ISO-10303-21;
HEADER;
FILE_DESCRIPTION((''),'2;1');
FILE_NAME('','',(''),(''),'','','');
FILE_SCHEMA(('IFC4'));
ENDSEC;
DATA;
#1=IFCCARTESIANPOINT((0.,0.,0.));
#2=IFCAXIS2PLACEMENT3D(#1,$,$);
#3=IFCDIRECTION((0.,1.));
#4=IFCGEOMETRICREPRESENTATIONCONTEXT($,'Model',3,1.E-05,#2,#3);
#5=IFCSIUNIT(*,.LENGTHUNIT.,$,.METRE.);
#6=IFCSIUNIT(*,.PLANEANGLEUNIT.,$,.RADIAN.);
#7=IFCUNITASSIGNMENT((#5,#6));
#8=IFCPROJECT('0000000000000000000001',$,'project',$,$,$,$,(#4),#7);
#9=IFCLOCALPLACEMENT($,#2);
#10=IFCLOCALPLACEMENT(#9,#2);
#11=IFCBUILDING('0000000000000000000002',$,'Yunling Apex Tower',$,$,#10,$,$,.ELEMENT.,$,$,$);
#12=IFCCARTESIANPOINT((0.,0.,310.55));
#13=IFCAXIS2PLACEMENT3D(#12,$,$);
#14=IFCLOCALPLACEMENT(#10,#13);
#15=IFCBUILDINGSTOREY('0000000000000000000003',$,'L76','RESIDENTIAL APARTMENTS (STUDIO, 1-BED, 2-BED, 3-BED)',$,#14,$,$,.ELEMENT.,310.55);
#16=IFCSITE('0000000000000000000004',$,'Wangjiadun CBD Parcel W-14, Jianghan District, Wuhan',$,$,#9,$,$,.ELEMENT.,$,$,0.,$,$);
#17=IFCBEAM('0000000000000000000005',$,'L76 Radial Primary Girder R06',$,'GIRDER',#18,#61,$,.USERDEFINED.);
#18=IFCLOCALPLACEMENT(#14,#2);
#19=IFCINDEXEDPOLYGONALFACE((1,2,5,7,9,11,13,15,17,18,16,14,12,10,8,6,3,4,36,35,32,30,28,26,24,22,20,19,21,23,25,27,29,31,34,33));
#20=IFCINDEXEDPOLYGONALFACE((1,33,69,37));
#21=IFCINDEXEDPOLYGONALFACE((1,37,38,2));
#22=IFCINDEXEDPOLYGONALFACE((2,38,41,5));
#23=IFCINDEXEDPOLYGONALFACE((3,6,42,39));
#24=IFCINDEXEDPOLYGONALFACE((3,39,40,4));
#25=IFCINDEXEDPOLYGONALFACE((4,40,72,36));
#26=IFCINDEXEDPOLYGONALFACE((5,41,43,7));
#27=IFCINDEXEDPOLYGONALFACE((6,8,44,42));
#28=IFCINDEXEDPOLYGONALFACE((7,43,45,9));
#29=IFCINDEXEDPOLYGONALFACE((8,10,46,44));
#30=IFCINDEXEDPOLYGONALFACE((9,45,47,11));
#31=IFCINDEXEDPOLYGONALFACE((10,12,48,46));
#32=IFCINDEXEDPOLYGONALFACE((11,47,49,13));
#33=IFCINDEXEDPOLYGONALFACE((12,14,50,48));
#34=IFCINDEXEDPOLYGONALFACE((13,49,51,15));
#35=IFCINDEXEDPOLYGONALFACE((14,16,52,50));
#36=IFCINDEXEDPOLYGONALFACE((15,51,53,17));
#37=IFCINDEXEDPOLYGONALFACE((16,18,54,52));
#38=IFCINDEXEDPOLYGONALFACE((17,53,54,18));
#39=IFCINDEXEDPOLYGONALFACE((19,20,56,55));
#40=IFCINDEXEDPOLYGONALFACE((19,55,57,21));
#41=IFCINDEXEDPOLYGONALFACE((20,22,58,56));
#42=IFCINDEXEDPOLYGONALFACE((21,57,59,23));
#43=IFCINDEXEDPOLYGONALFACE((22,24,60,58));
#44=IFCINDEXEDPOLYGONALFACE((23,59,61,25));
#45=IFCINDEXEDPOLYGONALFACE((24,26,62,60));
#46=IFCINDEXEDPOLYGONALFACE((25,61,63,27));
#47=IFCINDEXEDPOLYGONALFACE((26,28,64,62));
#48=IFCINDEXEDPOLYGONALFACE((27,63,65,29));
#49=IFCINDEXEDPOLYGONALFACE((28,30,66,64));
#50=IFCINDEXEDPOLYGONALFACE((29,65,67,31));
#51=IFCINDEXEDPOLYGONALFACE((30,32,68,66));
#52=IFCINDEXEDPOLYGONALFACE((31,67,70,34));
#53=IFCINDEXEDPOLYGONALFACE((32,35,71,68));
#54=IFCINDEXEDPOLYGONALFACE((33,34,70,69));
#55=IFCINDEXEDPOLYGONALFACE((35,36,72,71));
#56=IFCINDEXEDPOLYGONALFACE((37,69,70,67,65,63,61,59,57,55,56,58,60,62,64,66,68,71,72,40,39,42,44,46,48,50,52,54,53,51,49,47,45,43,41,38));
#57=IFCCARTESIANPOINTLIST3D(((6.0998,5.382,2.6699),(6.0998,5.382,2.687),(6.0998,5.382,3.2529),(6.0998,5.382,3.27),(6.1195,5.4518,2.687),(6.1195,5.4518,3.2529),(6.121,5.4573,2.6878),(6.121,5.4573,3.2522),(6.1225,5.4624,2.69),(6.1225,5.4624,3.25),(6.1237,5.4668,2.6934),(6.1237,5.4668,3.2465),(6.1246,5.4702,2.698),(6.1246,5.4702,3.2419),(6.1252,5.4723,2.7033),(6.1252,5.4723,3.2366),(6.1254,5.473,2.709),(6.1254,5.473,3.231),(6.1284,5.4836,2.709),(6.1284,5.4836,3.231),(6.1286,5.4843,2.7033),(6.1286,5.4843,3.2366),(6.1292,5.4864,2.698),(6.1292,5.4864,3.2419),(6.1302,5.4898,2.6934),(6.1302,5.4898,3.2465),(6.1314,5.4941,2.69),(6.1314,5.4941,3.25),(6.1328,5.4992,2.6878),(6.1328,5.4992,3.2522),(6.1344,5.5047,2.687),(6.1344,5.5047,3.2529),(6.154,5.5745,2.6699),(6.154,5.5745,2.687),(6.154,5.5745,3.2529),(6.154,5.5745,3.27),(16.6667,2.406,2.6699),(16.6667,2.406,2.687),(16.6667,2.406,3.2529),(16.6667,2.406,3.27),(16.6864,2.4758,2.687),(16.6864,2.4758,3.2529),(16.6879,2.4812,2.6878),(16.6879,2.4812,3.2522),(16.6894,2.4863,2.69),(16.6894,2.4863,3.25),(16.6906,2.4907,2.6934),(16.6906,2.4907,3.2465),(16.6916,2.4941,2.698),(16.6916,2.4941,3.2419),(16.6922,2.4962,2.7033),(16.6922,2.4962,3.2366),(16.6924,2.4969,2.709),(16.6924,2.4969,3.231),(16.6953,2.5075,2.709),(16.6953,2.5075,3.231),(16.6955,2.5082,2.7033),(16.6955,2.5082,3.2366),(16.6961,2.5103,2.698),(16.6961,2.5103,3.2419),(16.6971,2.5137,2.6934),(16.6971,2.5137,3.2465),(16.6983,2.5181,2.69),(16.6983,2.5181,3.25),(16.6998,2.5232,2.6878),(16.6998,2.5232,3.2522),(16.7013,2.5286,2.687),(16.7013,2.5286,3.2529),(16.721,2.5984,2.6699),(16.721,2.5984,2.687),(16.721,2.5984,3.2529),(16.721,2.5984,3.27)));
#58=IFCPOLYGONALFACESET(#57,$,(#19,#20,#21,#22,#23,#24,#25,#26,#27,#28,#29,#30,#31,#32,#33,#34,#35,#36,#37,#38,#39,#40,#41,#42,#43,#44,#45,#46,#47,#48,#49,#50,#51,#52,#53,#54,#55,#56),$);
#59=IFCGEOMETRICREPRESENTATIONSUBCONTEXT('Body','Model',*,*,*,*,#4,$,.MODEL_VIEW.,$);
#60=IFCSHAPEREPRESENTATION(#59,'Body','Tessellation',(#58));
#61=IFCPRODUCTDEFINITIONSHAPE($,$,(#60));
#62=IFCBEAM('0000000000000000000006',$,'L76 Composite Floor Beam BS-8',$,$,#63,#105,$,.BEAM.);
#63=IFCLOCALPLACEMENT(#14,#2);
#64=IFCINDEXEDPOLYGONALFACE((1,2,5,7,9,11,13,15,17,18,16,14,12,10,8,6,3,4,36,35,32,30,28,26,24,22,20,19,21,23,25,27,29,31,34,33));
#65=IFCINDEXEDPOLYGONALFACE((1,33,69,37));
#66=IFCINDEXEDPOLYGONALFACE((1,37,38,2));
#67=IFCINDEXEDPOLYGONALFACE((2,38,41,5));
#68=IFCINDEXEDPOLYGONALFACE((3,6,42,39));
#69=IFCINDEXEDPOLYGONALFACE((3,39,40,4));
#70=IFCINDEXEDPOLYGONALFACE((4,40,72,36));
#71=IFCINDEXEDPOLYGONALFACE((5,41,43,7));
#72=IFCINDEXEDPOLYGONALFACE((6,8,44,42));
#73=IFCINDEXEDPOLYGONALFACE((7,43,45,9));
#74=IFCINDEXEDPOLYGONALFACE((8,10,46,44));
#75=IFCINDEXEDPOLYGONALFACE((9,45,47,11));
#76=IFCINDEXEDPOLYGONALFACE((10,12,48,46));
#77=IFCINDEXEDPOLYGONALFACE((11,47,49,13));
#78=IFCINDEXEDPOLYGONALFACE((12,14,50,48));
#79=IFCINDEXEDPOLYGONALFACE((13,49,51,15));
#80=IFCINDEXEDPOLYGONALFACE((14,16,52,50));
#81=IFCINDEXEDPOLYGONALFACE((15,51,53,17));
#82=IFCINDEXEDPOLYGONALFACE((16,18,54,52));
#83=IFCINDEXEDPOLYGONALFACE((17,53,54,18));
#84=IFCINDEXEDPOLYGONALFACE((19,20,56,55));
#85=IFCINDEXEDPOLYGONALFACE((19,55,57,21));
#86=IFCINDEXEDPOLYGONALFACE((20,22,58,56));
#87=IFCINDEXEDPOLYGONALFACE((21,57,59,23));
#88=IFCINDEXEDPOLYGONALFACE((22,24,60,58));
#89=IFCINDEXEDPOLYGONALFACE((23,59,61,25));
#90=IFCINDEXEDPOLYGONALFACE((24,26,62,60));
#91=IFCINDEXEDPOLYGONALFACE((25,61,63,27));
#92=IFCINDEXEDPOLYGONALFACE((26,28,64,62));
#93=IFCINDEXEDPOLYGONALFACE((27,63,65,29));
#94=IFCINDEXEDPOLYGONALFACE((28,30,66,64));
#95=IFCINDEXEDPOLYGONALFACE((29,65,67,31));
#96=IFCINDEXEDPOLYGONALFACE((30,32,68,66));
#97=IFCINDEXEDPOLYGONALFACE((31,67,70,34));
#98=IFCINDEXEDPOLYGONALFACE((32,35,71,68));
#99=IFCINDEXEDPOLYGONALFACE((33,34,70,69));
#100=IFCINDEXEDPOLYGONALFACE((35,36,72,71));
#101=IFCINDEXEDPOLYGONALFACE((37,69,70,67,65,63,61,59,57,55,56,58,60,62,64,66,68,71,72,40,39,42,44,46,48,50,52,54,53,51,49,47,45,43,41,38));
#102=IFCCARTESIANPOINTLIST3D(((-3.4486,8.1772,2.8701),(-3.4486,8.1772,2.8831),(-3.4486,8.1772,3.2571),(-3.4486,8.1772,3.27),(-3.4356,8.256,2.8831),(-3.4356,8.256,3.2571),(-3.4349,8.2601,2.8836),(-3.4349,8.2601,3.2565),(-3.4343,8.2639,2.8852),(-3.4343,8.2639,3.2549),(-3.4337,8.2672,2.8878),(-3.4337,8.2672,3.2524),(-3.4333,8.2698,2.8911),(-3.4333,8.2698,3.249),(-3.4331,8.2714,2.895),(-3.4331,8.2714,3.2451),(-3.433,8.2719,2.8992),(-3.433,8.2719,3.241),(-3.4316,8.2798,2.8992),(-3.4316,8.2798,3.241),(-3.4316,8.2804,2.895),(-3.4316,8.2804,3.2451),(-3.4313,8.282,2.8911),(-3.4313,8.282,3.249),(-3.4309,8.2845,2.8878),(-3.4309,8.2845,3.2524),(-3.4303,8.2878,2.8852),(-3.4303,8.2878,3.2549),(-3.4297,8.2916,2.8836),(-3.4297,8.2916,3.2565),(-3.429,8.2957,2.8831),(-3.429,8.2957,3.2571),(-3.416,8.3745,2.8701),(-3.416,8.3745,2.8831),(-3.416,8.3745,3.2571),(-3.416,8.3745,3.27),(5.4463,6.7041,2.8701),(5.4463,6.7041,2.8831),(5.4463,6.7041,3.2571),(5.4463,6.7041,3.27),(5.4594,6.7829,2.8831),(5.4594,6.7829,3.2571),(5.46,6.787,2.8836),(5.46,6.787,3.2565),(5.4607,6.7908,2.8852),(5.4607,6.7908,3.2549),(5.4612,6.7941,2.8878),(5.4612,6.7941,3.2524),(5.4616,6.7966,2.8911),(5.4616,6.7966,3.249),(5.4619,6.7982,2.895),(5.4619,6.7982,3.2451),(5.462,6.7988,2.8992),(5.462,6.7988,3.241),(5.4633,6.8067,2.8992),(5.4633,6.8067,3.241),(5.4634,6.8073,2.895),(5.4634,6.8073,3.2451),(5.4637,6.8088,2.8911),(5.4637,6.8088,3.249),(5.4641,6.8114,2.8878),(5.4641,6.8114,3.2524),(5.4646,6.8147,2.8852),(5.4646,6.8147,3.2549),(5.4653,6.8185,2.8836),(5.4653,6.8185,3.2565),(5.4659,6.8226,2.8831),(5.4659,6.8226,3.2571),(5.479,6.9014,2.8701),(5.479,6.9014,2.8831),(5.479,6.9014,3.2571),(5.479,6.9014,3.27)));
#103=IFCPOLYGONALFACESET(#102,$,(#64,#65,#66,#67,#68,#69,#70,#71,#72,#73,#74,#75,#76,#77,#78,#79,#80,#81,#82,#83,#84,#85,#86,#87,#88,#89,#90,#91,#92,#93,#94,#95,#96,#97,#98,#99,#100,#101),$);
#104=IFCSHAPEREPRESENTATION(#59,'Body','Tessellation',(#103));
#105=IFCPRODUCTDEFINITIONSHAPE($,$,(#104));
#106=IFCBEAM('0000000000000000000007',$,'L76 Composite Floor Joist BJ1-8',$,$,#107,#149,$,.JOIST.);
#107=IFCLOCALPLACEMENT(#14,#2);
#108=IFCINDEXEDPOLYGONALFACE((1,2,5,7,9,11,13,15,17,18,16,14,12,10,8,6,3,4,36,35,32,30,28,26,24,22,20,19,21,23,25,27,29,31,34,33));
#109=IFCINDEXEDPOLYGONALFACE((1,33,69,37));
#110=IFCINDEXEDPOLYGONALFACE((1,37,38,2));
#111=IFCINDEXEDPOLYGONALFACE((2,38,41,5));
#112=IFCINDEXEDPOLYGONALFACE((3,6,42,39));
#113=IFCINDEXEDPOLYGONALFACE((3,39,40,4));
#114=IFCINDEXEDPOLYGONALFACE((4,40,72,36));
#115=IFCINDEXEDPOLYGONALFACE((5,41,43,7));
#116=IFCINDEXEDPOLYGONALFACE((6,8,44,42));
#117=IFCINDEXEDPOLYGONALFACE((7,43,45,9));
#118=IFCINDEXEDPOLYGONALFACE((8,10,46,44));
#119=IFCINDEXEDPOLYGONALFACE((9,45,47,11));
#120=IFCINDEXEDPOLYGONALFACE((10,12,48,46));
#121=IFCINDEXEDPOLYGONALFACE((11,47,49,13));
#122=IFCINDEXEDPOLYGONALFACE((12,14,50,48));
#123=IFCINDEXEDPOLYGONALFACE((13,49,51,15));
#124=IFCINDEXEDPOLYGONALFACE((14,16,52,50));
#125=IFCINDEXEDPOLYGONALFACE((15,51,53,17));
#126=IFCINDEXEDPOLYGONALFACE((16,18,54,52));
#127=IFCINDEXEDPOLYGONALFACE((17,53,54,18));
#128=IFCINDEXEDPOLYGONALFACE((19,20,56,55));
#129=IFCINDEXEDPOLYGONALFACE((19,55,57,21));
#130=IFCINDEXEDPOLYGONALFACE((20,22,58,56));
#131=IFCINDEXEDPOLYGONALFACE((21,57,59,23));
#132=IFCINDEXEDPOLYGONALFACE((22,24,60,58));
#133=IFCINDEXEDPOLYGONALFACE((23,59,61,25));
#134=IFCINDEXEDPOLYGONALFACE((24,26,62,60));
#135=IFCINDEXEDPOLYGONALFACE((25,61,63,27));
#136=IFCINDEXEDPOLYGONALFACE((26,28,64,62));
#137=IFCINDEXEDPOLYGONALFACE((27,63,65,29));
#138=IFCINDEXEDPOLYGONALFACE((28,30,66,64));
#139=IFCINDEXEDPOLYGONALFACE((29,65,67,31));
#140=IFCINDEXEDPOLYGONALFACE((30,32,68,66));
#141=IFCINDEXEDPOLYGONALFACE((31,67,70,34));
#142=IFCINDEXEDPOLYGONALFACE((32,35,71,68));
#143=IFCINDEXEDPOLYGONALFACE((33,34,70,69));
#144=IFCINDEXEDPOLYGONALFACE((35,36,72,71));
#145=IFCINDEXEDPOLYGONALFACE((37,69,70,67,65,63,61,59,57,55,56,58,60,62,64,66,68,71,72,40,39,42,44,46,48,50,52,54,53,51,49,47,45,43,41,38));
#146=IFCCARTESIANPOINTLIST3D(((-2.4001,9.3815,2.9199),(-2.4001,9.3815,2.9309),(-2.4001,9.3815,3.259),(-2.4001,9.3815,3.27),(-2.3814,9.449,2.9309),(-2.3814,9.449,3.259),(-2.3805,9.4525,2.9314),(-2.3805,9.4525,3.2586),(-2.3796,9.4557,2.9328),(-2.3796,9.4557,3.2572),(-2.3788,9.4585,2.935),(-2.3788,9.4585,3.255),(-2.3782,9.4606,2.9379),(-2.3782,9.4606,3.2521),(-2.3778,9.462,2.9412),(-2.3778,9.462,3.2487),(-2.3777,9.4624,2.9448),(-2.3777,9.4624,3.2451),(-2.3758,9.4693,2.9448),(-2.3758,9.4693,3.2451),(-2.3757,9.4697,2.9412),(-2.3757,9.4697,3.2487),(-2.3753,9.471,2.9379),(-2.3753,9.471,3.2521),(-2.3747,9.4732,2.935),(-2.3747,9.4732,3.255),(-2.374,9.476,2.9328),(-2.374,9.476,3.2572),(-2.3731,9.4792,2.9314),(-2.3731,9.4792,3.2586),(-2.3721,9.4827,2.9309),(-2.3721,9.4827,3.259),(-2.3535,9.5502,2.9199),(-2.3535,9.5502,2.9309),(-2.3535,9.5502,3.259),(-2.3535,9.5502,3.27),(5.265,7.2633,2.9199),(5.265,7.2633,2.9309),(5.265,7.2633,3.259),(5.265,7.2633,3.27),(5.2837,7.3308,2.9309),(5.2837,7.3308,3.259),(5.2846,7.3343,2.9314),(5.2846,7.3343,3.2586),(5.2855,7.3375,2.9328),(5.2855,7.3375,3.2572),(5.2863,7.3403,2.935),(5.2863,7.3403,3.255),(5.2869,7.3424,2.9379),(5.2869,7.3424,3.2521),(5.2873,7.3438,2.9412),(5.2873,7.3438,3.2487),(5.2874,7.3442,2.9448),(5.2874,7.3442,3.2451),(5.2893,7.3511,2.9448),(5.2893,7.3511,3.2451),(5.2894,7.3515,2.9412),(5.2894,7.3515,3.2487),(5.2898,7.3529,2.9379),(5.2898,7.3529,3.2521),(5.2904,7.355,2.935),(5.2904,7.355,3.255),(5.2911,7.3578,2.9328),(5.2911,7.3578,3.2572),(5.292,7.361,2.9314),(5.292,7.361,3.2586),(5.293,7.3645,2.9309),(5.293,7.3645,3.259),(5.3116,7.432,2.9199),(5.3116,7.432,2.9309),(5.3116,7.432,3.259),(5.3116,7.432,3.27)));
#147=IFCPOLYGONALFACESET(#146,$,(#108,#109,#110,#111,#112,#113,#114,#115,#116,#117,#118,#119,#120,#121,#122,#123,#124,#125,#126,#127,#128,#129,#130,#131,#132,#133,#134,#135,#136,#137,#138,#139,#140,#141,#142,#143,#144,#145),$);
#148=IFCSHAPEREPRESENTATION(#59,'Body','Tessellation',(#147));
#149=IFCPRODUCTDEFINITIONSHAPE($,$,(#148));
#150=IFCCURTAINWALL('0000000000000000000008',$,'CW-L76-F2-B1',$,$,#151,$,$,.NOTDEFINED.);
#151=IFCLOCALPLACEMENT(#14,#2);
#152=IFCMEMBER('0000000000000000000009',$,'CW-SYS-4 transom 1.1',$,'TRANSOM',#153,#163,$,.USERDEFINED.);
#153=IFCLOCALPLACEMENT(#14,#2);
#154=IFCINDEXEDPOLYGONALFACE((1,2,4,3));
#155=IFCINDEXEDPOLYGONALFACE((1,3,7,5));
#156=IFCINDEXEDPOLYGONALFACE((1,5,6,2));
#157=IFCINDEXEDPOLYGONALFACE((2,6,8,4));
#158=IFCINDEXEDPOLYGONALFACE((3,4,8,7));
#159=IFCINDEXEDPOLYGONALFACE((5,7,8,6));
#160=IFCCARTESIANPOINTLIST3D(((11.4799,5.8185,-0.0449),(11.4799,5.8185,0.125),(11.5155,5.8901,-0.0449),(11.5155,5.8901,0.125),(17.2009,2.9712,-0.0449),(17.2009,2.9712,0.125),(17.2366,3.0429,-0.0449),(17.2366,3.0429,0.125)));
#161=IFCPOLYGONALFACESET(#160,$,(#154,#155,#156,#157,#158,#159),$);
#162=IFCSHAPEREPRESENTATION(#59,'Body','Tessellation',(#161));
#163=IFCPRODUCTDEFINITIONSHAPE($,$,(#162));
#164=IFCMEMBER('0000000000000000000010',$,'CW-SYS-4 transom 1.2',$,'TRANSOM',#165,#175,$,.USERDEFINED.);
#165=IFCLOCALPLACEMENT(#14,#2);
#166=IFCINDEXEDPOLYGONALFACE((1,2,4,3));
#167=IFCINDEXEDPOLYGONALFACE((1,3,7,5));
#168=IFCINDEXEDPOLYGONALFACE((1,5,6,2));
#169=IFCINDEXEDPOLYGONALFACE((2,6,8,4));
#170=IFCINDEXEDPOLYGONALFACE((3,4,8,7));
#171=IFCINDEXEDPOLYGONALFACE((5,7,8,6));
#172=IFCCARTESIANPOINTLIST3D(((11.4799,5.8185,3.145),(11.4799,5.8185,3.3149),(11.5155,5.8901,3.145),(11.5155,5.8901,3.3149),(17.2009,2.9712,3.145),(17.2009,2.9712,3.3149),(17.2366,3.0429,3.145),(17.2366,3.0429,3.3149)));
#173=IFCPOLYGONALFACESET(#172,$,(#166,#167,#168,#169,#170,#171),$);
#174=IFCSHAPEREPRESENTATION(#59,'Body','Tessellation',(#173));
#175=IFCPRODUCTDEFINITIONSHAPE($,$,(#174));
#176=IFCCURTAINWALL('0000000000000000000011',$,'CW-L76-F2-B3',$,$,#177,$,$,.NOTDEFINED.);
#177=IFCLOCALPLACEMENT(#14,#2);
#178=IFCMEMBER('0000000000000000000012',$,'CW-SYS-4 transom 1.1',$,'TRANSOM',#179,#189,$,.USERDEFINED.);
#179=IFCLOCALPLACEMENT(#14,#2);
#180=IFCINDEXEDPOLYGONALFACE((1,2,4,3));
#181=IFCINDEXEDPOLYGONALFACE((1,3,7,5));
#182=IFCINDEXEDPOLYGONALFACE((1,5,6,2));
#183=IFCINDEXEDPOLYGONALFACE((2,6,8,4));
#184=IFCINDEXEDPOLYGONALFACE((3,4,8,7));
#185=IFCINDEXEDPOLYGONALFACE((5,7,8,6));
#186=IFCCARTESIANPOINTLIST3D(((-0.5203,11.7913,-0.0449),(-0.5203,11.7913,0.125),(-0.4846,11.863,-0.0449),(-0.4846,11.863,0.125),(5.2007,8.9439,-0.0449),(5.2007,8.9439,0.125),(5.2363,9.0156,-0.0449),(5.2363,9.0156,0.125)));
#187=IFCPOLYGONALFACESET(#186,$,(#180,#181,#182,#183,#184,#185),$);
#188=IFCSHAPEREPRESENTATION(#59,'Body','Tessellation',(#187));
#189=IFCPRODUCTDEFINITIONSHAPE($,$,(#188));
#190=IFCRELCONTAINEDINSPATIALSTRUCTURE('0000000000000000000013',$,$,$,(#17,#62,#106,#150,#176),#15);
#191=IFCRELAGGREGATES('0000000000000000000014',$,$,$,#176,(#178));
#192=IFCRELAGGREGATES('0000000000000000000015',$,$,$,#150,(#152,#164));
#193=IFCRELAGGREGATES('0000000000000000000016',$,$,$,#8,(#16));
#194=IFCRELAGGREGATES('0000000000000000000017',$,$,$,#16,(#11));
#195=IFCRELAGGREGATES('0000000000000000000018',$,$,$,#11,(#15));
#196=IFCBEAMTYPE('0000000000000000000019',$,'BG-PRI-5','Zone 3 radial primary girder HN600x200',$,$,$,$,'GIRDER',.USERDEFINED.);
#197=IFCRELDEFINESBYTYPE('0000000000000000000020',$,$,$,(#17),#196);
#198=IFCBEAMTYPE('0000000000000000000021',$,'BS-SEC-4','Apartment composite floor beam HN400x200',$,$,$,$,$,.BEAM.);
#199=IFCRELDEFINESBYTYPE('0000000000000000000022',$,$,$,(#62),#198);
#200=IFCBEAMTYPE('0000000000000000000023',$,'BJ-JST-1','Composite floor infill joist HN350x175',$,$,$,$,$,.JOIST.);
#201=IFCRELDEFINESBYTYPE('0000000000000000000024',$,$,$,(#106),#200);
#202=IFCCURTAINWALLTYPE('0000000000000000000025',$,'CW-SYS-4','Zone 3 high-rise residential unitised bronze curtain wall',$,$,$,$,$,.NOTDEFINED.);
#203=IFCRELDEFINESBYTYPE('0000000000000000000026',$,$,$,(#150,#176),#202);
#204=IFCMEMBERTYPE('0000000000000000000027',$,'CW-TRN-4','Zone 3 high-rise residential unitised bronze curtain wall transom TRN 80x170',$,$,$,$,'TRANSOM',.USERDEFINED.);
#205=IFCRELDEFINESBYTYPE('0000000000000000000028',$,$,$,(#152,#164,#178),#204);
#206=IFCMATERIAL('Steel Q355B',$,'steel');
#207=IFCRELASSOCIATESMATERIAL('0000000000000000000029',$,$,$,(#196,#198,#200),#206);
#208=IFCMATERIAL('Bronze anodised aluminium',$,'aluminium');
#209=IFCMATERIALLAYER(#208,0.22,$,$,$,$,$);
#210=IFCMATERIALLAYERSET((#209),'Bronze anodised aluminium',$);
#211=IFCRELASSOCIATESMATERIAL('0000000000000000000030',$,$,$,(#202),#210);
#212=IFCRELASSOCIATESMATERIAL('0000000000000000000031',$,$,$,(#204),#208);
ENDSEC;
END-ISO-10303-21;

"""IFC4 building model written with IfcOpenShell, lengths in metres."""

from ifc_helpers import new_model, si_unit, direction, frame, origin, origin_2d, place, context, subcontext, project, spatial, rectangle, i_section, extrude, source, transform, mapped, material, layer, layer_set, material_profile, profile_set, type_object, element, aggregate, save


model = new_model("IFC4")

# Units and contexts
model_context = context("Model", 3, precision=1e-05, world=origin(), true_north=direction((0.0, 1.0)))
body_context = subcontext(model_context, "Body", "Model", "MODEL_VIEW")
ifc_project = project(units=[si_unit("LENGTHUNIT", "METRE"), si_unit("PLANEANGLEUNIT", "RADIAN")], contexts=[model_context])

# Site, building, storey
site_placement = place(None, origin())
site = spatial("IfcSite", under=ifc_project, at=site_placement, Name="Wangjiadun CBD Parcel W-14, Jianghan District, Wuhan", CompositionType="ELEMENT", RefElevation=0.0)
building_placement = place(site_placement, origin())
building = spatial("IfcBuilding", under=site, at=building_placement, Name="Yunling Apex Tower", CompositionType="ELEMENT")
storey_placement = place(building_placement, frame((0.0, 0.0, 310.55)))
storey = spatial("IfcBuildingStorey", under=building, at=storey_placement, Name="L76", Description="RESIDENTIAL APARTMENTS (STUDIO, 1-BED, 2-BED, 3-BED)", CompositionType="ELEMENT", Elevation=310.55)

# Shared definitions
ifc_material_1 = material(Name="Steel Q355B", Category="steel")

# Beams
ifc_material_profile_1 = material_profile(ifc_material_1, i_section(OverallWidth=0.2, OverallDepth=0.6001, WebThickness=0.011, FlangeThickness=0.0171, FilletRadius=0.022, at=origin_2d()))
ifc_profile_set_1 = profile_set([ifc_material_profile_1], Name="Steel Q355B")
beam_type_1 = type_object("IfcBeamType", Name="BG-PRI-5", Description="Zone 3 radial primary girder HN600x200", ElementType="GIRDER", PredefinedType="USERDEFINED", material=ifc_profile_set_1)
shared_shape_1 = source(origin(), body_context, "Body", "SweptSolid", [
    extrude(i_section(OverallWidth=0.2, OverallDepth=0.6001, WebThickness=0.011, FlangeThickness=0.0171, FilletRadius=0.022, at=origin_2d()), origin(), (0.0, 0.0, 1.0), 10.978),
])
beam_1_placement = place(storey_placement, frame((16.6938, 2.5022, 2.97), z_axis=(-0.962553, 0.271095, 0.0), x_axis=(-0.271095, -0.962553, 0.0)))
element("IfcBeam", 1, at=beam_1_placement, inside=storey, type_object=beam_type_1, Name="L76 Radial Primary Girder R06", ObjectType="GIRDER", PredefinedType="USERDEFINED", context=body_context, shape_type="MappedRepresentation", body=[
    mapped(shared_shape_1, transform((0.0, 0.0, 0.0), scale=1.0)),
])
ifc_material_profile_2 = material_profile(ifc_material_1, i_section(OverallWidth=0.2, OverallDepth=0.3999, WebThickness=0.0081, FlangeThickness=0.0129, FilletRadius=0.0161, at=origin_2d()))
ifc_profile_set_2 = profile_set([ifc_material_profile_2], Name="Steel Q355B")
beam_type_2 = type_object("IfcBeamType", Name="BS-SEC-4", Description="Apartment composite floor beam HN400x200", PredefinedType="BEAM", material=ifc_profile_set_2)
shared_shape_2 = source(origin(), body_context, "Body", "SweptSolid", [
    extrude(i_section(OverallWidth=0.2, OverallDepth=0.3999, WebThickness=0.0081, FlangeThickness=0.0129, FilletRadius=0.0161, at=origin_2d()), origin(), (0.0, 0.0, 1.0), 9.0161),
])
beam_2_placement = place(storey_placement, frame((5.4626, 6.8027, 3.0701), z_axis=(-0.986562, 0.163389, 0.0), x_axis=(-0.163389, -0.986562, 0.0)))
element("IfcBeam", 2, at=beam_2_placement, inside=storey, type_object=beam_type_2, Name="L76 Composite Floor Beam BS-8", PredefinedType="BEAM", context=body_context, shape_type="MappedRepresentation", body=[
    mapped(shared_shape_2, transform((0.0, 0.0, 0.0), scale=1.0)),
])
ifc_material_profile_3 = material_profile(ifc_material_1, i_section(OverallWidth=0.175, OverallDepth=0.3501, WebThickness=0.0071, FlangeThickness=0.011, FilletRadius=0.0139, at=origin_2d()))
ifc_profile_set_3 = profile_set([ifc_material_profile_3], Name="Steel Q355B")
beam_type_3 = type_object("IfcBeamType", Name="BJ-JST-1", Description="Composite floor infill joist HN350x175", PredefinedType="JOIST", material=ifc_profile_set_3)
shared_shape_3 = source(origin(), body_context, "Body", "SweptSolid", [
    extrude(i_section(OverallWidth=0.175, OverallDepth=0.3501, WebThickness=0.0071, FlangeThickness=0.011, FilletRadius=0.0139, at=origin_2d()), origin(), (0.0, 0.0, 1.0), 7.9524),
])
beam_3_placement = place(storey_placement, frame((5.2883, 7.3477, 3.095), z_axis=(-0.963874, 0.266358, 0.0), x_axis=(-0.266358, -0.963874, 0.0)))
element("IfcBeam", 3, at=beam_3_placement, inside=storey, type_object=beam_type_3, Name="L76 Composite Floor Joist BJ1-8", PredefinedType="JOIST", context=body_context, shape_type="MappedRepresentation", body=[
    mapped(shared_shape_3, transform((0.0, 0.0, 0.0), scale=1.0)),
])

# Curtain walls, members
ifc_material_2 = material(Name="Bronze anodised aluminium", Category="aluminium")
ifc_layer_1 = layer(ifc_material_2, 0.22)
ifc_layer_set_1 = layer_set([ifc_layer_1], Name="Bronze anodised aluminium")
curtain_wall_type = type_object("IfcCurtainWallType", Name="CW-SYS-4", Description="Zone 3 high-rise residential unitised bronze curtain wall", PredefinedType="NOTDEFINED", material=ifc_layer_set_1)
curtain_wall_1_placement = place(storey_placement, origin())
curtain_wall_1 = element("IfcCurtainWall", 4, at=curtain_wall_1_placement, inside=storey, type_object=curtain_wall_type, Name="CW-L76-F2-B1", PredefinedType="NOTDEFINED")
ifc_material_profile_4 = material_profile(ifc_material_2, rectangle(XDim=0.0801, YDim=0.1699, at=origin_2d()))
ifc_profile_set_4 = profile_set([ifc_material_profile_4], Name="Bronze anodised aluminium")
member_type_1 = type_object("IfcMemberType", Name="CW-TRN-4", Description="Zone 3 high-rise residential unitised bronze curtain wall transom TRN 80x170", ElementType="TRANSOM", PredefinedType="USERDEFINED", material=ifc_profile_set_4)
shared_shape_4 = source(origin(), body_context, "Body", "SweptSolid", [
    extrude(rectangle(XDim=0.0801, YDim=0.1699, at=origin_2d()), origin(), (0.0, 0.0, 1.0), 6.3904),
])
member_1_placement = place(storey_placement, frame((17.2188, 3.0071, 0.04), z_axis=(-0.895259, 0.445547, 0.0), x_axis=(-0.445547, -0.895259, 0.0)))
member_1 = element("IfcMember", 5, at=member_1_placement, type_object=member_type_1, Name="CW-SYS-4 transom 1.1", ObjectType="TRANSOM", PredefinedType="USERDEFINED", context=body_context, shape_type="MappedRepresentation", body=[
    mapped(shared_shape_4, transform((0.0, 0.0, 0.0), scale=1.0)),
])
member_2_placement = place(storey_placement, frame((17.2188, 3.0071, 3.23), z_axis=(-0.895259, 0.445547, 0.0), x_axis=(-0.445547, -0.895259, 0.0)))
member_2 = element("IfcMember", 6, at=member_2_placement, type_object=member_type_1, Name="CW-SYS-4 transom 1.2", ObjectType="TRANSOM", PredefinedType="USERDEFINED", context=body_context, shape_type="MappedRepresentation", body=[
    mapped(shared_shape_4, transform((0.0, 0.0, 0.0), scale=1.0)),
])
curtain_wall_2_placement = place(storey_placement, origin())
curtain_wall_2 = element("IfcCurtainWall", 7, at=curtain_wall_2_placement, inside=storey, type_object=curtain_wall_type, Name="CW-L76-F2-B3", PredefinedType="NOTDEFINED")
member_3_placement = place(storey_placement, frame((5.2185, 8.9797, 0.04), z_axis=(-0.895243, 0.445578, 0.0), x_axis=(-0.445578, -0.895243, 0.0)))
member_3 = element("IfcMember", 8, at=member_3_placement, type_object=member_type_1, Name="CW-SYS-4 transom 1.1", ObjectType="TRANSOM", PredefinedType="USERDEFINED", context=body_context, shape_type="MappedRepresentation", body=[
    mapped(shared_shape_4, transform((0.0, 0.0, 0.0), scale=1.0)),
])

aggregate(curtain_wall_2, [member_3])

aggregate(curtain_wall_1, [member_1, member_2])

save(model, "model.ifc")
